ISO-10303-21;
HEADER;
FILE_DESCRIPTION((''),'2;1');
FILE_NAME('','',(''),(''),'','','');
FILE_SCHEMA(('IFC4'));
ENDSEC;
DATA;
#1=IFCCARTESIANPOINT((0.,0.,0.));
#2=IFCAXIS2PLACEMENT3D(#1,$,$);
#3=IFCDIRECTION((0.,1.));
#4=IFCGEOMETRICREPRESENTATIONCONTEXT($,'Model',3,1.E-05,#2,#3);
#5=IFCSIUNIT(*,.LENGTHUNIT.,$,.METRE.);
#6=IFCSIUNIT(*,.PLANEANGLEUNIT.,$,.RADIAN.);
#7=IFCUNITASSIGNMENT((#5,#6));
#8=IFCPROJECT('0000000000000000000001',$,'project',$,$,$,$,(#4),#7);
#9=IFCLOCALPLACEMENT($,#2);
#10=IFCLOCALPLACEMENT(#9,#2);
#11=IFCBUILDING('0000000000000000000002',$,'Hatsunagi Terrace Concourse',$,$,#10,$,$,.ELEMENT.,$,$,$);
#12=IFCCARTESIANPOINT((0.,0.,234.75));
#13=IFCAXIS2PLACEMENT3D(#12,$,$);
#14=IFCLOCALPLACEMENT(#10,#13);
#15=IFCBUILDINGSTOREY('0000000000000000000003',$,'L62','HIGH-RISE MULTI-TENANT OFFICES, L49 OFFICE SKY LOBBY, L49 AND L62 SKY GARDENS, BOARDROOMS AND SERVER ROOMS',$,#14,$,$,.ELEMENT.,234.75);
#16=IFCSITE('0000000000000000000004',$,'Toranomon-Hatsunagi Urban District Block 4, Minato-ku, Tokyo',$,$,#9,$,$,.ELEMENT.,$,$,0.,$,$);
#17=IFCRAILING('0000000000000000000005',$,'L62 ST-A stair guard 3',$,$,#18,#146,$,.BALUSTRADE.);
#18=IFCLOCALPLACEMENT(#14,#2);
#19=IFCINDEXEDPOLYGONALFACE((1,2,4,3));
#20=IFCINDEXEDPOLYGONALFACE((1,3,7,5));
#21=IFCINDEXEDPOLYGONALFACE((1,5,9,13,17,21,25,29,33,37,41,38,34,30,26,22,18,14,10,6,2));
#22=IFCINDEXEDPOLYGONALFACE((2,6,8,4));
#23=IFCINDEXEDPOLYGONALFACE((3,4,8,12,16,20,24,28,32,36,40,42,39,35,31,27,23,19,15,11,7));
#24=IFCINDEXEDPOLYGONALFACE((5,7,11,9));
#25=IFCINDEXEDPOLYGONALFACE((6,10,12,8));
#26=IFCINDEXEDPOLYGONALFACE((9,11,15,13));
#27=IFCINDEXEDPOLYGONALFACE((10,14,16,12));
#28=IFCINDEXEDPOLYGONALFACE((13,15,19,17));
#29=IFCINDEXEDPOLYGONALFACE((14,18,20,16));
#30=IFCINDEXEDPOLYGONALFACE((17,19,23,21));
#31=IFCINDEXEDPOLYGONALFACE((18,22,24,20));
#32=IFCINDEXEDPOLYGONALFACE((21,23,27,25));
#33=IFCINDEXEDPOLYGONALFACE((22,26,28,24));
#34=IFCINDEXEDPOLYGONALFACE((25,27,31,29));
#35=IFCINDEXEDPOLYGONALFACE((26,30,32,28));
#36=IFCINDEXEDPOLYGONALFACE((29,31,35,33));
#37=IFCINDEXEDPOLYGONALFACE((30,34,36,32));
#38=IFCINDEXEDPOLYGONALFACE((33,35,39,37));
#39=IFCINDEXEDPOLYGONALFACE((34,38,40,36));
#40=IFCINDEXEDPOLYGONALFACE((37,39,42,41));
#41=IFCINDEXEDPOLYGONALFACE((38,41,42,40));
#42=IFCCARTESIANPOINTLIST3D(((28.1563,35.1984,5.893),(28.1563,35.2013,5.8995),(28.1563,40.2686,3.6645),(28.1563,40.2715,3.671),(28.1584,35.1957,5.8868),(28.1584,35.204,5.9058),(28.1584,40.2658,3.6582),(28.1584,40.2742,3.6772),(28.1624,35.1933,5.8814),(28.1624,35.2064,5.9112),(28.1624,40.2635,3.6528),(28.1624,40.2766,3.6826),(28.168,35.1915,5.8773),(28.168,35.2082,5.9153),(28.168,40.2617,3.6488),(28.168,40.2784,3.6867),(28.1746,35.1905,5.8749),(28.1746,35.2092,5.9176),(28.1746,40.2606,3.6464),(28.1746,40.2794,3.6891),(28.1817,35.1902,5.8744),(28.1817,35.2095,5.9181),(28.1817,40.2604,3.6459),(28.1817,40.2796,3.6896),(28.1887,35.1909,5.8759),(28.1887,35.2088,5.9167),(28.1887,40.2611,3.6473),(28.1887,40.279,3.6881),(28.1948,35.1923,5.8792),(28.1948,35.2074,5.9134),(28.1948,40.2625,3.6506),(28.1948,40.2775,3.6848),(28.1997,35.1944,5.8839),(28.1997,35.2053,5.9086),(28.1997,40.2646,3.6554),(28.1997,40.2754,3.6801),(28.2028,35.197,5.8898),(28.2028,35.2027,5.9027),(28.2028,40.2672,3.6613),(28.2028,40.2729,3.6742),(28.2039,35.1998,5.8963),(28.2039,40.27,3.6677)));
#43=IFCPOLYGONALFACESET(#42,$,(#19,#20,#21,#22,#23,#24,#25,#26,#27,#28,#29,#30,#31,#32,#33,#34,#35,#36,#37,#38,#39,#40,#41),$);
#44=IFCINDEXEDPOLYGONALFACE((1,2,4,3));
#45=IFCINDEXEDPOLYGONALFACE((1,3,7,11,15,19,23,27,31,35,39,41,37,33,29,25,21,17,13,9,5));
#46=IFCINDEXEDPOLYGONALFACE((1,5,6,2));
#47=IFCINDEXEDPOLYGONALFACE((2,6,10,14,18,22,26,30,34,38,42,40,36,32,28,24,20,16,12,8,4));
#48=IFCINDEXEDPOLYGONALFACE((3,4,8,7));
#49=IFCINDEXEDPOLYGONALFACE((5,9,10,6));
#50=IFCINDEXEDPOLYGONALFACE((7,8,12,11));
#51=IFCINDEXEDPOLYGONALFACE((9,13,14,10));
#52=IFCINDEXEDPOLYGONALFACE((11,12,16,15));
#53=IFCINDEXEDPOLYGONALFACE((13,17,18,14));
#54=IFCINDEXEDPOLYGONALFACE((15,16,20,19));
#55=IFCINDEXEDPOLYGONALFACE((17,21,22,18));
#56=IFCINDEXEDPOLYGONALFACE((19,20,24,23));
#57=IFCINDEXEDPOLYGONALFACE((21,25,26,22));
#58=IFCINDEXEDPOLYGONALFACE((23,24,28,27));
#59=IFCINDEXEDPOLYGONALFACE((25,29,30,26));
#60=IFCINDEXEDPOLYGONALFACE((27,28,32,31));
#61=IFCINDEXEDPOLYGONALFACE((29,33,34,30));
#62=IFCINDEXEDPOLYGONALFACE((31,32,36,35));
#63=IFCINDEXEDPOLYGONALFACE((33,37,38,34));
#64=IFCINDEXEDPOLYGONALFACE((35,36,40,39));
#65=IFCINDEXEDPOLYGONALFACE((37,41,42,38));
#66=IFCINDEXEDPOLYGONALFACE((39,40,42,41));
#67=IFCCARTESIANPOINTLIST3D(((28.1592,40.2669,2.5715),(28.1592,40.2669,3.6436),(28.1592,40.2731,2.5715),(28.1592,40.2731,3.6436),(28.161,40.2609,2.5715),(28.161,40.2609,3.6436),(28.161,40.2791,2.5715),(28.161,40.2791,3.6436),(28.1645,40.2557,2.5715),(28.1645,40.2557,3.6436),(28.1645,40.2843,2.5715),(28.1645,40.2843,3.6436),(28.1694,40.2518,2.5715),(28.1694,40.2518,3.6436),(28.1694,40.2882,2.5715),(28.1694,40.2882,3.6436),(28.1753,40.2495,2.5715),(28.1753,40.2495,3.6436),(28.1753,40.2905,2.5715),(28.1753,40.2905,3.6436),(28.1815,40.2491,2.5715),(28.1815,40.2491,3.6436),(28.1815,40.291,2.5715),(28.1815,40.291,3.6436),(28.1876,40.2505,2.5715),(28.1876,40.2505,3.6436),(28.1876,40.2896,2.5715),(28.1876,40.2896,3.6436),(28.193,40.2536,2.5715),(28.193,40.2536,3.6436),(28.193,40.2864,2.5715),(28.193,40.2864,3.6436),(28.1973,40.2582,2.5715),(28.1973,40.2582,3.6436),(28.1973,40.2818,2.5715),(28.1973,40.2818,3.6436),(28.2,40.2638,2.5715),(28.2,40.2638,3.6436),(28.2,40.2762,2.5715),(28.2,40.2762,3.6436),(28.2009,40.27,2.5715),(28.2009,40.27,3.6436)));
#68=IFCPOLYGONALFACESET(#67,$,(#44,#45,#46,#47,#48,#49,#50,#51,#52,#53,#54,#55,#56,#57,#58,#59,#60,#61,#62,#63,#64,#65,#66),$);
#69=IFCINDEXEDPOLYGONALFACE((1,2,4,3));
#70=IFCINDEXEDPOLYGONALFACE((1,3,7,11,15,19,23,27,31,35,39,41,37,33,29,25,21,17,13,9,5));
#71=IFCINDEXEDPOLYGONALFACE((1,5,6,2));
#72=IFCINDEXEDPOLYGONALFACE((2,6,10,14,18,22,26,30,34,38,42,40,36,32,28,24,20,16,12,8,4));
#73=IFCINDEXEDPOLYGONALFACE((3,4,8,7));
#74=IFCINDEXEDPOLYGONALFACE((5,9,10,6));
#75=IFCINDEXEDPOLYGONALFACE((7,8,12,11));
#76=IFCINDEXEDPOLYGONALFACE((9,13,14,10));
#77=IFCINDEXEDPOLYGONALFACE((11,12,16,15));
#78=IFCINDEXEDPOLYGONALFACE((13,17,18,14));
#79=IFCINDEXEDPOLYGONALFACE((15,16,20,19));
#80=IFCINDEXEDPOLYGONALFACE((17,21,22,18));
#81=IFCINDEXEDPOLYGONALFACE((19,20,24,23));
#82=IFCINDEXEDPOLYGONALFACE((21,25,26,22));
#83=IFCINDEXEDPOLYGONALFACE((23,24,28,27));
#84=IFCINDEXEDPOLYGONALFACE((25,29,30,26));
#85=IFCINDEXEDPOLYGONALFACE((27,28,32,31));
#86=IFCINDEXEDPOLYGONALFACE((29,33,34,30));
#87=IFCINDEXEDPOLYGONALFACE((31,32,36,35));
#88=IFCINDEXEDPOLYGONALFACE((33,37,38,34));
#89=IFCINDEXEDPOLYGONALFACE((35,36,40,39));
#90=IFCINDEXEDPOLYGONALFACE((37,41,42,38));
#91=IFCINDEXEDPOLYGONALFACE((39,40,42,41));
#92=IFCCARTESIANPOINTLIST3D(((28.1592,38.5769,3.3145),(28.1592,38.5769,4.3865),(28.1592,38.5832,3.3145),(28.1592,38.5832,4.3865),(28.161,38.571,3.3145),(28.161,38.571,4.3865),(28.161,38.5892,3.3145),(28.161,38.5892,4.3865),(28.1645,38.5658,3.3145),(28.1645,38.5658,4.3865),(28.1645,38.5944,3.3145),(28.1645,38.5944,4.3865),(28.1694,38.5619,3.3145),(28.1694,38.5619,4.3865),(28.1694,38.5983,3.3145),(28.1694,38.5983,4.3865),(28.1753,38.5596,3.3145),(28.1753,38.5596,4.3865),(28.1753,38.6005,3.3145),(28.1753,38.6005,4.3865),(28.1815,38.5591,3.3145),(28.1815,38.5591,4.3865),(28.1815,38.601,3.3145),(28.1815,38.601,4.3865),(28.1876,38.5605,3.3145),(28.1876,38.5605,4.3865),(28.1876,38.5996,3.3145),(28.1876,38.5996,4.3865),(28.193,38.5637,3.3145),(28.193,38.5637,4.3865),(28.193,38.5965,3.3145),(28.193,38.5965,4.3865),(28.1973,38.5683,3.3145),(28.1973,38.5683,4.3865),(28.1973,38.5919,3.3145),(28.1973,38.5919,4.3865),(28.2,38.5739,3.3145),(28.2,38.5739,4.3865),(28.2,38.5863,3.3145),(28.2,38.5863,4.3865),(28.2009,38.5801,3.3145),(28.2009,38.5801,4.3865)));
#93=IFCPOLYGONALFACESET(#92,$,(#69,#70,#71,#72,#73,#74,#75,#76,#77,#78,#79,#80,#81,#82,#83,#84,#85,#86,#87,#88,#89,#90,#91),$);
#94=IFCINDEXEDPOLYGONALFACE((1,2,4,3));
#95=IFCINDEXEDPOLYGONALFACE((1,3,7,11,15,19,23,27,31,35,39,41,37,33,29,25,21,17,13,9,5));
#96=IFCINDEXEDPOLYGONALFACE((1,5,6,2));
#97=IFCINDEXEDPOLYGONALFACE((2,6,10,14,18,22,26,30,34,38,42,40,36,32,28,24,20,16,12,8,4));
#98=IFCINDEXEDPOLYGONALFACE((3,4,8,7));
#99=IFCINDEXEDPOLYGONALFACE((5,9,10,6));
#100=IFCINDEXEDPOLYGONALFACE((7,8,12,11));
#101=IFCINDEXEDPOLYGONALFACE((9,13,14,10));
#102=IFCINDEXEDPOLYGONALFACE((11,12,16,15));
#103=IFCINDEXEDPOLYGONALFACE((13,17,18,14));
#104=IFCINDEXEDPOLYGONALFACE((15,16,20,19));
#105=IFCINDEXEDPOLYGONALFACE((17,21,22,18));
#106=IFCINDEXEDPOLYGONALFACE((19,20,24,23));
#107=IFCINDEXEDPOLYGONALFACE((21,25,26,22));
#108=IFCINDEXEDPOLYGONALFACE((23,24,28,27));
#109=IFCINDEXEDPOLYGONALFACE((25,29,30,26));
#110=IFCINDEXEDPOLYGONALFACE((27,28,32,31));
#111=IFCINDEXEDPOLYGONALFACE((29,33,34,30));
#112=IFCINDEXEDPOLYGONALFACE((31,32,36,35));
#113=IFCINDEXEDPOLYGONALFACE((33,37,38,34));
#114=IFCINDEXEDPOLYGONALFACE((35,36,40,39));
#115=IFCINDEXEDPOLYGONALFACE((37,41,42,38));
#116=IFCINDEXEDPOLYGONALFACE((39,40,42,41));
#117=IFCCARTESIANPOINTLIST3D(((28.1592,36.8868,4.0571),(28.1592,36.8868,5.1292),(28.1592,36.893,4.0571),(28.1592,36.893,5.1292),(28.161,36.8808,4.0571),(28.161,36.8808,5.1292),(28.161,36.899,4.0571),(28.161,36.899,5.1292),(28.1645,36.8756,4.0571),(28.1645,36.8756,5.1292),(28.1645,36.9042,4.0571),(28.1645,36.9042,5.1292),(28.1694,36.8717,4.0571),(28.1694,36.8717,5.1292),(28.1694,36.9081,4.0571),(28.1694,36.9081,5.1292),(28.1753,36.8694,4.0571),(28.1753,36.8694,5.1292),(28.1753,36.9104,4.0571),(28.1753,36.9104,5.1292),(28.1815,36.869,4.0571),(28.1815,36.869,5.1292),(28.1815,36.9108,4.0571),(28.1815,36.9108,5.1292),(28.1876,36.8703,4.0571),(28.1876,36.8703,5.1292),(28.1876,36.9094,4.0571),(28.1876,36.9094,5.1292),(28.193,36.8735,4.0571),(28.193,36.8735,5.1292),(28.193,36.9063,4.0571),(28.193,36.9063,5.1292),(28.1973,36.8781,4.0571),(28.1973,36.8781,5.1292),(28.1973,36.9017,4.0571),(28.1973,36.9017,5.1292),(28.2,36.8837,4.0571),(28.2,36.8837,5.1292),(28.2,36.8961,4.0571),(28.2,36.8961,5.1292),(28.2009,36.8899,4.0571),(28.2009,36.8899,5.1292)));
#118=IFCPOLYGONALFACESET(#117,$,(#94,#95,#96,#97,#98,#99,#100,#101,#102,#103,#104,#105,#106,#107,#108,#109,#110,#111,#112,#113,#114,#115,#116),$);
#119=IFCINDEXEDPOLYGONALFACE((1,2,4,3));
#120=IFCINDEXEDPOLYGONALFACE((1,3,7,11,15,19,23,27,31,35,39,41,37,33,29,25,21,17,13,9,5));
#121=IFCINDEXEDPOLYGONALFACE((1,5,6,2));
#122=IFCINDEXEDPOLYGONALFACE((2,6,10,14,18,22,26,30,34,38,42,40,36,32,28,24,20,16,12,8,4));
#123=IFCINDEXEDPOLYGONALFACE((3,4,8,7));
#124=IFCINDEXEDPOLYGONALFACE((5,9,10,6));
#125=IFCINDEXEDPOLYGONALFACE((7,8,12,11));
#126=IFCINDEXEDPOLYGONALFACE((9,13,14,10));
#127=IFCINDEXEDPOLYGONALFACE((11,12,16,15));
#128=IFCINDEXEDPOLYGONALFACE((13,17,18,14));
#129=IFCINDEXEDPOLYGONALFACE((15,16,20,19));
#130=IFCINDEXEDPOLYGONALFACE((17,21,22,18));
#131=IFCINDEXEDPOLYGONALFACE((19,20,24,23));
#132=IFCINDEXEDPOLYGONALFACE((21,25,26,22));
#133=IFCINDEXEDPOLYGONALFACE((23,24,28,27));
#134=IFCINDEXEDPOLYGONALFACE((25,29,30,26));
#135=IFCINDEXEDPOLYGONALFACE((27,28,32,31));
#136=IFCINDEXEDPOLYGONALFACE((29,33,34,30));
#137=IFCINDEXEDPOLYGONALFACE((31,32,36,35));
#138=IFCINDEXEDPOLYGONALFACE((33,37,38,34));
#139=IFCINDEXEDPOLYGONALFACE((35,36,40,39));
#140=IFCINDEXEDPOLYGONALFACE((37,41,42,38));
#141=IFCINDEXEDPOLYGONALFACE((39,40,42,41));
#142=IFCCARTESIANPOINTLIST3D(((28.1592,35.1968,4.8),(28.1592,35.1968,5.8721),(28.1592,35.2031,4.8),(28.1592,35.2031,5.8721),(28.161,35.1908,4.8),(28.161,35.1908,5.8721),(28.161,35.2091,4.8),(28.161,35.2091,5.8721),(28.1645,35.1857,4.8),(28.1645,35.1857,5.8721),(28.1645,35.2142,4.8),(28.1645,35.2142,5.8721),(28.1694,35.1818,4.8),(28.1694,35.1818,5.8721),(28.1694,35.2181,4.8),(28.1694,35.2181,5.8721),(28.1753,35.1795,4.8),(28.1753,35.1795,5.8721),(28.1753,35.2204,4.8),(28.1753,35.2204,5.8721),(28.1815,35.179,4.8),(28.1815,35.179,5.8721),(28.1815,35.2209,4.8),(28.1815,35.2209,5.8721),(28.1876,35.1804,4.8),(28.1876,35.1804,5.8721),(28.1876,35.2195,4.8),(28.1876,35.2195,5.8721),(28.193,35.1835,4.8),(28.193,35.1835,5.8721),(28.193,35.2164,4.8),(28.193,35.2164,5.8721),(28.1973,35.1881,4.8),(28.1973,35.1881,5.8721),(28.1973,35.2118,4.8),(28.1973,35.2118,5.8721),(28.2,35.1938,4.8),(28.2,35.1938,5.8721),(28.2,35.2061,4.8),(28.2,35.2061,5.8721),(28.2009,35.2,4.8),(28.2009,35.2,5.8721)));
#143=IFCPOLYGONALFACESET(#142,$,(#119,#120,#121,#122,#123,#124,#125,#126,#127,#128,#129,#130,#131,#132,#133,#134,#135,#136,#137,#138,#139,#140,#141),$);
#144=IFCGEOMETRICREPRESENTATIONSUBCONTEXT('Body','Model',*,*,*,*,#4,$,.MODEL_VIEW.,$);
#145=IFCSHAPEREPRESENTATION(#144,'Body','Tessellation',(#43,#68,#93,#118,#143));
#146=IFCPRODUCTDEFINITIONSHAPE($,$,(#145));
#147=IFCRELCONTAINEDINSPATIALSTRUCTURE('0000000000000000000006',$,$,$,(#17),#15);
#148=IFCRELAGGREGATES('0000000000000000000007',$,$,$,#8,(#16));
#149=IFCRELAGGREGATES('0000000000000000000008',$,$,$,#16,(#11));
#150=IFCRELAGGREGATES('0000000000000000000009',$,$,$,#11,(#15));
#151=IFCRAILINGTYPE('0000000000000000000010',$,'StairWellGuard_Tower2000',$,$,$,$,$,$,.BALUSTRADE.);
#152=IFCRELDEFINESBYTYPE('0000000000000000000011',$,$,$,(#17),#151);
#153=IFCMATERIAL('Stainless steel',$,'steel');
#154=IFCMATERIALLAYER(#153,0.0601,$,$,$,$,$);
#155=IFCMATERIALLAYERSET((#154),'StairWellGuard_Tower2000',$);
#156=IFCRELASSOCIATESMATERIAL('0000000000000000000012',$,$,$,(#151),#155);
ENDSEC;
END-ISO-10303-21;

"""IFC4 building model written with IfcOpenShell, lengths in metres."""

from ifc_helpers import new_model, si_unit, direction, frame, origin, origin_2d, place, context, subcontext, project, spatial, circle, extrude, material, layer, layer_set, type_object, element, save


model = new_model("IFC4")

# Units and contexts
model_context = context("Model", 3, precision=1e-05, world=origin(), true_north=direction((0.0, 1.0)))
body_context = subcontext(model_context, "Body", "Model", "MODEL_VIEW")
ifc_project = project(units=[si_unit("LENGTHUNIT", "METRE"), si_unit("PLANEANGLEUNIT", "RADIAN")], contexts=[model_context])

# Site, building, storey
site_placement = place(None, origin())
site = spatial("IfcSite", under=ifc_project, at=site_placement, Name="Toranomon-Hatsunagi Urban District Block 4, Minato-ku, Tokyo", CompositionType="ELEMENT", RefElevation=0.0)
building_placement = place(site_placement, origin())
building = spatial("IfcBuilding", under=site, at=building_placement, Name="Hatsunagi Terrace Concourse", CompositionType="ELEMENT")
storey_placement = place(building_placement, frame((0.0, 0.0, 234.75)))
storey = spatial("IfcBuildingStorey", under=building, at=storey_placement, Name="L62", Description="HIGH-RISE MULTI-TENANT OFFICES, L49 OFFICE SKY LOBBY, L49 AND L62 SKY GARDENS, BOARDROOMS AND SERVER ROOMS", CompositionType="ELEMENT", Elevation=234.75)

# Railing
ifc_material_1 = material(Name="Stainless steel", Category="steel")
ifc_layer_1 = layer(ifc_material_1, 0.0601)
ifc_layer_set_1 = layer_set([ifc_layer_1], Name="StairWellGuard_Tower2000")
railing_type_1 = type_object("IfcRailingType", Name="StairWellGuard_Tower2000", PredefinedType="BALUSTRADE", material=ifc_layer_set_1)
railing_1_placement = place(storey_placement, frame((28.1799, 40.27, 2.5715)))
element("IfcRailing", 1, at=railing_1_placement, inside=storey, type_object=railing_type_1, Name="L62 ST-A stair guard 3", PredefinedType="BALUSTRADE", context=body_context, shape_type="SweptSolid", body=[
    extrude(circle(Radius=0.0239, at=origin_2d()), frame((0.0, 0.0, 1.0962), z_axis=(0.0, -0.915469, 0.402388), x_axis=(1.0, 0.0, 0.0)), (0.0, 0.0, 1.0), 5.5383),
    extrude(circle(Radius=0.021, at=origin_2d()), origin(), (0.0, 0.0, 1.0), 1.072),
    extrude(circle(Radius=0.021, at=origin_2d()), frame((0.0, -1.6899, 0.7429)), (0.0, 0.0, 1.0), 1.072),
    extrude(circle(Radius=0.021, at=origin_2d()), frame((0.0, -3.3801, 1.4856)), (0.0, 0.0, 1.0), 1.072),
    extrude(circle(Radius=0.021, at=origin_2d()), frame((0.0, -5.0701, 2.2285)), (0.0, 0.0, 1.0), 1.072),
])

save(model, "model.ifc")
